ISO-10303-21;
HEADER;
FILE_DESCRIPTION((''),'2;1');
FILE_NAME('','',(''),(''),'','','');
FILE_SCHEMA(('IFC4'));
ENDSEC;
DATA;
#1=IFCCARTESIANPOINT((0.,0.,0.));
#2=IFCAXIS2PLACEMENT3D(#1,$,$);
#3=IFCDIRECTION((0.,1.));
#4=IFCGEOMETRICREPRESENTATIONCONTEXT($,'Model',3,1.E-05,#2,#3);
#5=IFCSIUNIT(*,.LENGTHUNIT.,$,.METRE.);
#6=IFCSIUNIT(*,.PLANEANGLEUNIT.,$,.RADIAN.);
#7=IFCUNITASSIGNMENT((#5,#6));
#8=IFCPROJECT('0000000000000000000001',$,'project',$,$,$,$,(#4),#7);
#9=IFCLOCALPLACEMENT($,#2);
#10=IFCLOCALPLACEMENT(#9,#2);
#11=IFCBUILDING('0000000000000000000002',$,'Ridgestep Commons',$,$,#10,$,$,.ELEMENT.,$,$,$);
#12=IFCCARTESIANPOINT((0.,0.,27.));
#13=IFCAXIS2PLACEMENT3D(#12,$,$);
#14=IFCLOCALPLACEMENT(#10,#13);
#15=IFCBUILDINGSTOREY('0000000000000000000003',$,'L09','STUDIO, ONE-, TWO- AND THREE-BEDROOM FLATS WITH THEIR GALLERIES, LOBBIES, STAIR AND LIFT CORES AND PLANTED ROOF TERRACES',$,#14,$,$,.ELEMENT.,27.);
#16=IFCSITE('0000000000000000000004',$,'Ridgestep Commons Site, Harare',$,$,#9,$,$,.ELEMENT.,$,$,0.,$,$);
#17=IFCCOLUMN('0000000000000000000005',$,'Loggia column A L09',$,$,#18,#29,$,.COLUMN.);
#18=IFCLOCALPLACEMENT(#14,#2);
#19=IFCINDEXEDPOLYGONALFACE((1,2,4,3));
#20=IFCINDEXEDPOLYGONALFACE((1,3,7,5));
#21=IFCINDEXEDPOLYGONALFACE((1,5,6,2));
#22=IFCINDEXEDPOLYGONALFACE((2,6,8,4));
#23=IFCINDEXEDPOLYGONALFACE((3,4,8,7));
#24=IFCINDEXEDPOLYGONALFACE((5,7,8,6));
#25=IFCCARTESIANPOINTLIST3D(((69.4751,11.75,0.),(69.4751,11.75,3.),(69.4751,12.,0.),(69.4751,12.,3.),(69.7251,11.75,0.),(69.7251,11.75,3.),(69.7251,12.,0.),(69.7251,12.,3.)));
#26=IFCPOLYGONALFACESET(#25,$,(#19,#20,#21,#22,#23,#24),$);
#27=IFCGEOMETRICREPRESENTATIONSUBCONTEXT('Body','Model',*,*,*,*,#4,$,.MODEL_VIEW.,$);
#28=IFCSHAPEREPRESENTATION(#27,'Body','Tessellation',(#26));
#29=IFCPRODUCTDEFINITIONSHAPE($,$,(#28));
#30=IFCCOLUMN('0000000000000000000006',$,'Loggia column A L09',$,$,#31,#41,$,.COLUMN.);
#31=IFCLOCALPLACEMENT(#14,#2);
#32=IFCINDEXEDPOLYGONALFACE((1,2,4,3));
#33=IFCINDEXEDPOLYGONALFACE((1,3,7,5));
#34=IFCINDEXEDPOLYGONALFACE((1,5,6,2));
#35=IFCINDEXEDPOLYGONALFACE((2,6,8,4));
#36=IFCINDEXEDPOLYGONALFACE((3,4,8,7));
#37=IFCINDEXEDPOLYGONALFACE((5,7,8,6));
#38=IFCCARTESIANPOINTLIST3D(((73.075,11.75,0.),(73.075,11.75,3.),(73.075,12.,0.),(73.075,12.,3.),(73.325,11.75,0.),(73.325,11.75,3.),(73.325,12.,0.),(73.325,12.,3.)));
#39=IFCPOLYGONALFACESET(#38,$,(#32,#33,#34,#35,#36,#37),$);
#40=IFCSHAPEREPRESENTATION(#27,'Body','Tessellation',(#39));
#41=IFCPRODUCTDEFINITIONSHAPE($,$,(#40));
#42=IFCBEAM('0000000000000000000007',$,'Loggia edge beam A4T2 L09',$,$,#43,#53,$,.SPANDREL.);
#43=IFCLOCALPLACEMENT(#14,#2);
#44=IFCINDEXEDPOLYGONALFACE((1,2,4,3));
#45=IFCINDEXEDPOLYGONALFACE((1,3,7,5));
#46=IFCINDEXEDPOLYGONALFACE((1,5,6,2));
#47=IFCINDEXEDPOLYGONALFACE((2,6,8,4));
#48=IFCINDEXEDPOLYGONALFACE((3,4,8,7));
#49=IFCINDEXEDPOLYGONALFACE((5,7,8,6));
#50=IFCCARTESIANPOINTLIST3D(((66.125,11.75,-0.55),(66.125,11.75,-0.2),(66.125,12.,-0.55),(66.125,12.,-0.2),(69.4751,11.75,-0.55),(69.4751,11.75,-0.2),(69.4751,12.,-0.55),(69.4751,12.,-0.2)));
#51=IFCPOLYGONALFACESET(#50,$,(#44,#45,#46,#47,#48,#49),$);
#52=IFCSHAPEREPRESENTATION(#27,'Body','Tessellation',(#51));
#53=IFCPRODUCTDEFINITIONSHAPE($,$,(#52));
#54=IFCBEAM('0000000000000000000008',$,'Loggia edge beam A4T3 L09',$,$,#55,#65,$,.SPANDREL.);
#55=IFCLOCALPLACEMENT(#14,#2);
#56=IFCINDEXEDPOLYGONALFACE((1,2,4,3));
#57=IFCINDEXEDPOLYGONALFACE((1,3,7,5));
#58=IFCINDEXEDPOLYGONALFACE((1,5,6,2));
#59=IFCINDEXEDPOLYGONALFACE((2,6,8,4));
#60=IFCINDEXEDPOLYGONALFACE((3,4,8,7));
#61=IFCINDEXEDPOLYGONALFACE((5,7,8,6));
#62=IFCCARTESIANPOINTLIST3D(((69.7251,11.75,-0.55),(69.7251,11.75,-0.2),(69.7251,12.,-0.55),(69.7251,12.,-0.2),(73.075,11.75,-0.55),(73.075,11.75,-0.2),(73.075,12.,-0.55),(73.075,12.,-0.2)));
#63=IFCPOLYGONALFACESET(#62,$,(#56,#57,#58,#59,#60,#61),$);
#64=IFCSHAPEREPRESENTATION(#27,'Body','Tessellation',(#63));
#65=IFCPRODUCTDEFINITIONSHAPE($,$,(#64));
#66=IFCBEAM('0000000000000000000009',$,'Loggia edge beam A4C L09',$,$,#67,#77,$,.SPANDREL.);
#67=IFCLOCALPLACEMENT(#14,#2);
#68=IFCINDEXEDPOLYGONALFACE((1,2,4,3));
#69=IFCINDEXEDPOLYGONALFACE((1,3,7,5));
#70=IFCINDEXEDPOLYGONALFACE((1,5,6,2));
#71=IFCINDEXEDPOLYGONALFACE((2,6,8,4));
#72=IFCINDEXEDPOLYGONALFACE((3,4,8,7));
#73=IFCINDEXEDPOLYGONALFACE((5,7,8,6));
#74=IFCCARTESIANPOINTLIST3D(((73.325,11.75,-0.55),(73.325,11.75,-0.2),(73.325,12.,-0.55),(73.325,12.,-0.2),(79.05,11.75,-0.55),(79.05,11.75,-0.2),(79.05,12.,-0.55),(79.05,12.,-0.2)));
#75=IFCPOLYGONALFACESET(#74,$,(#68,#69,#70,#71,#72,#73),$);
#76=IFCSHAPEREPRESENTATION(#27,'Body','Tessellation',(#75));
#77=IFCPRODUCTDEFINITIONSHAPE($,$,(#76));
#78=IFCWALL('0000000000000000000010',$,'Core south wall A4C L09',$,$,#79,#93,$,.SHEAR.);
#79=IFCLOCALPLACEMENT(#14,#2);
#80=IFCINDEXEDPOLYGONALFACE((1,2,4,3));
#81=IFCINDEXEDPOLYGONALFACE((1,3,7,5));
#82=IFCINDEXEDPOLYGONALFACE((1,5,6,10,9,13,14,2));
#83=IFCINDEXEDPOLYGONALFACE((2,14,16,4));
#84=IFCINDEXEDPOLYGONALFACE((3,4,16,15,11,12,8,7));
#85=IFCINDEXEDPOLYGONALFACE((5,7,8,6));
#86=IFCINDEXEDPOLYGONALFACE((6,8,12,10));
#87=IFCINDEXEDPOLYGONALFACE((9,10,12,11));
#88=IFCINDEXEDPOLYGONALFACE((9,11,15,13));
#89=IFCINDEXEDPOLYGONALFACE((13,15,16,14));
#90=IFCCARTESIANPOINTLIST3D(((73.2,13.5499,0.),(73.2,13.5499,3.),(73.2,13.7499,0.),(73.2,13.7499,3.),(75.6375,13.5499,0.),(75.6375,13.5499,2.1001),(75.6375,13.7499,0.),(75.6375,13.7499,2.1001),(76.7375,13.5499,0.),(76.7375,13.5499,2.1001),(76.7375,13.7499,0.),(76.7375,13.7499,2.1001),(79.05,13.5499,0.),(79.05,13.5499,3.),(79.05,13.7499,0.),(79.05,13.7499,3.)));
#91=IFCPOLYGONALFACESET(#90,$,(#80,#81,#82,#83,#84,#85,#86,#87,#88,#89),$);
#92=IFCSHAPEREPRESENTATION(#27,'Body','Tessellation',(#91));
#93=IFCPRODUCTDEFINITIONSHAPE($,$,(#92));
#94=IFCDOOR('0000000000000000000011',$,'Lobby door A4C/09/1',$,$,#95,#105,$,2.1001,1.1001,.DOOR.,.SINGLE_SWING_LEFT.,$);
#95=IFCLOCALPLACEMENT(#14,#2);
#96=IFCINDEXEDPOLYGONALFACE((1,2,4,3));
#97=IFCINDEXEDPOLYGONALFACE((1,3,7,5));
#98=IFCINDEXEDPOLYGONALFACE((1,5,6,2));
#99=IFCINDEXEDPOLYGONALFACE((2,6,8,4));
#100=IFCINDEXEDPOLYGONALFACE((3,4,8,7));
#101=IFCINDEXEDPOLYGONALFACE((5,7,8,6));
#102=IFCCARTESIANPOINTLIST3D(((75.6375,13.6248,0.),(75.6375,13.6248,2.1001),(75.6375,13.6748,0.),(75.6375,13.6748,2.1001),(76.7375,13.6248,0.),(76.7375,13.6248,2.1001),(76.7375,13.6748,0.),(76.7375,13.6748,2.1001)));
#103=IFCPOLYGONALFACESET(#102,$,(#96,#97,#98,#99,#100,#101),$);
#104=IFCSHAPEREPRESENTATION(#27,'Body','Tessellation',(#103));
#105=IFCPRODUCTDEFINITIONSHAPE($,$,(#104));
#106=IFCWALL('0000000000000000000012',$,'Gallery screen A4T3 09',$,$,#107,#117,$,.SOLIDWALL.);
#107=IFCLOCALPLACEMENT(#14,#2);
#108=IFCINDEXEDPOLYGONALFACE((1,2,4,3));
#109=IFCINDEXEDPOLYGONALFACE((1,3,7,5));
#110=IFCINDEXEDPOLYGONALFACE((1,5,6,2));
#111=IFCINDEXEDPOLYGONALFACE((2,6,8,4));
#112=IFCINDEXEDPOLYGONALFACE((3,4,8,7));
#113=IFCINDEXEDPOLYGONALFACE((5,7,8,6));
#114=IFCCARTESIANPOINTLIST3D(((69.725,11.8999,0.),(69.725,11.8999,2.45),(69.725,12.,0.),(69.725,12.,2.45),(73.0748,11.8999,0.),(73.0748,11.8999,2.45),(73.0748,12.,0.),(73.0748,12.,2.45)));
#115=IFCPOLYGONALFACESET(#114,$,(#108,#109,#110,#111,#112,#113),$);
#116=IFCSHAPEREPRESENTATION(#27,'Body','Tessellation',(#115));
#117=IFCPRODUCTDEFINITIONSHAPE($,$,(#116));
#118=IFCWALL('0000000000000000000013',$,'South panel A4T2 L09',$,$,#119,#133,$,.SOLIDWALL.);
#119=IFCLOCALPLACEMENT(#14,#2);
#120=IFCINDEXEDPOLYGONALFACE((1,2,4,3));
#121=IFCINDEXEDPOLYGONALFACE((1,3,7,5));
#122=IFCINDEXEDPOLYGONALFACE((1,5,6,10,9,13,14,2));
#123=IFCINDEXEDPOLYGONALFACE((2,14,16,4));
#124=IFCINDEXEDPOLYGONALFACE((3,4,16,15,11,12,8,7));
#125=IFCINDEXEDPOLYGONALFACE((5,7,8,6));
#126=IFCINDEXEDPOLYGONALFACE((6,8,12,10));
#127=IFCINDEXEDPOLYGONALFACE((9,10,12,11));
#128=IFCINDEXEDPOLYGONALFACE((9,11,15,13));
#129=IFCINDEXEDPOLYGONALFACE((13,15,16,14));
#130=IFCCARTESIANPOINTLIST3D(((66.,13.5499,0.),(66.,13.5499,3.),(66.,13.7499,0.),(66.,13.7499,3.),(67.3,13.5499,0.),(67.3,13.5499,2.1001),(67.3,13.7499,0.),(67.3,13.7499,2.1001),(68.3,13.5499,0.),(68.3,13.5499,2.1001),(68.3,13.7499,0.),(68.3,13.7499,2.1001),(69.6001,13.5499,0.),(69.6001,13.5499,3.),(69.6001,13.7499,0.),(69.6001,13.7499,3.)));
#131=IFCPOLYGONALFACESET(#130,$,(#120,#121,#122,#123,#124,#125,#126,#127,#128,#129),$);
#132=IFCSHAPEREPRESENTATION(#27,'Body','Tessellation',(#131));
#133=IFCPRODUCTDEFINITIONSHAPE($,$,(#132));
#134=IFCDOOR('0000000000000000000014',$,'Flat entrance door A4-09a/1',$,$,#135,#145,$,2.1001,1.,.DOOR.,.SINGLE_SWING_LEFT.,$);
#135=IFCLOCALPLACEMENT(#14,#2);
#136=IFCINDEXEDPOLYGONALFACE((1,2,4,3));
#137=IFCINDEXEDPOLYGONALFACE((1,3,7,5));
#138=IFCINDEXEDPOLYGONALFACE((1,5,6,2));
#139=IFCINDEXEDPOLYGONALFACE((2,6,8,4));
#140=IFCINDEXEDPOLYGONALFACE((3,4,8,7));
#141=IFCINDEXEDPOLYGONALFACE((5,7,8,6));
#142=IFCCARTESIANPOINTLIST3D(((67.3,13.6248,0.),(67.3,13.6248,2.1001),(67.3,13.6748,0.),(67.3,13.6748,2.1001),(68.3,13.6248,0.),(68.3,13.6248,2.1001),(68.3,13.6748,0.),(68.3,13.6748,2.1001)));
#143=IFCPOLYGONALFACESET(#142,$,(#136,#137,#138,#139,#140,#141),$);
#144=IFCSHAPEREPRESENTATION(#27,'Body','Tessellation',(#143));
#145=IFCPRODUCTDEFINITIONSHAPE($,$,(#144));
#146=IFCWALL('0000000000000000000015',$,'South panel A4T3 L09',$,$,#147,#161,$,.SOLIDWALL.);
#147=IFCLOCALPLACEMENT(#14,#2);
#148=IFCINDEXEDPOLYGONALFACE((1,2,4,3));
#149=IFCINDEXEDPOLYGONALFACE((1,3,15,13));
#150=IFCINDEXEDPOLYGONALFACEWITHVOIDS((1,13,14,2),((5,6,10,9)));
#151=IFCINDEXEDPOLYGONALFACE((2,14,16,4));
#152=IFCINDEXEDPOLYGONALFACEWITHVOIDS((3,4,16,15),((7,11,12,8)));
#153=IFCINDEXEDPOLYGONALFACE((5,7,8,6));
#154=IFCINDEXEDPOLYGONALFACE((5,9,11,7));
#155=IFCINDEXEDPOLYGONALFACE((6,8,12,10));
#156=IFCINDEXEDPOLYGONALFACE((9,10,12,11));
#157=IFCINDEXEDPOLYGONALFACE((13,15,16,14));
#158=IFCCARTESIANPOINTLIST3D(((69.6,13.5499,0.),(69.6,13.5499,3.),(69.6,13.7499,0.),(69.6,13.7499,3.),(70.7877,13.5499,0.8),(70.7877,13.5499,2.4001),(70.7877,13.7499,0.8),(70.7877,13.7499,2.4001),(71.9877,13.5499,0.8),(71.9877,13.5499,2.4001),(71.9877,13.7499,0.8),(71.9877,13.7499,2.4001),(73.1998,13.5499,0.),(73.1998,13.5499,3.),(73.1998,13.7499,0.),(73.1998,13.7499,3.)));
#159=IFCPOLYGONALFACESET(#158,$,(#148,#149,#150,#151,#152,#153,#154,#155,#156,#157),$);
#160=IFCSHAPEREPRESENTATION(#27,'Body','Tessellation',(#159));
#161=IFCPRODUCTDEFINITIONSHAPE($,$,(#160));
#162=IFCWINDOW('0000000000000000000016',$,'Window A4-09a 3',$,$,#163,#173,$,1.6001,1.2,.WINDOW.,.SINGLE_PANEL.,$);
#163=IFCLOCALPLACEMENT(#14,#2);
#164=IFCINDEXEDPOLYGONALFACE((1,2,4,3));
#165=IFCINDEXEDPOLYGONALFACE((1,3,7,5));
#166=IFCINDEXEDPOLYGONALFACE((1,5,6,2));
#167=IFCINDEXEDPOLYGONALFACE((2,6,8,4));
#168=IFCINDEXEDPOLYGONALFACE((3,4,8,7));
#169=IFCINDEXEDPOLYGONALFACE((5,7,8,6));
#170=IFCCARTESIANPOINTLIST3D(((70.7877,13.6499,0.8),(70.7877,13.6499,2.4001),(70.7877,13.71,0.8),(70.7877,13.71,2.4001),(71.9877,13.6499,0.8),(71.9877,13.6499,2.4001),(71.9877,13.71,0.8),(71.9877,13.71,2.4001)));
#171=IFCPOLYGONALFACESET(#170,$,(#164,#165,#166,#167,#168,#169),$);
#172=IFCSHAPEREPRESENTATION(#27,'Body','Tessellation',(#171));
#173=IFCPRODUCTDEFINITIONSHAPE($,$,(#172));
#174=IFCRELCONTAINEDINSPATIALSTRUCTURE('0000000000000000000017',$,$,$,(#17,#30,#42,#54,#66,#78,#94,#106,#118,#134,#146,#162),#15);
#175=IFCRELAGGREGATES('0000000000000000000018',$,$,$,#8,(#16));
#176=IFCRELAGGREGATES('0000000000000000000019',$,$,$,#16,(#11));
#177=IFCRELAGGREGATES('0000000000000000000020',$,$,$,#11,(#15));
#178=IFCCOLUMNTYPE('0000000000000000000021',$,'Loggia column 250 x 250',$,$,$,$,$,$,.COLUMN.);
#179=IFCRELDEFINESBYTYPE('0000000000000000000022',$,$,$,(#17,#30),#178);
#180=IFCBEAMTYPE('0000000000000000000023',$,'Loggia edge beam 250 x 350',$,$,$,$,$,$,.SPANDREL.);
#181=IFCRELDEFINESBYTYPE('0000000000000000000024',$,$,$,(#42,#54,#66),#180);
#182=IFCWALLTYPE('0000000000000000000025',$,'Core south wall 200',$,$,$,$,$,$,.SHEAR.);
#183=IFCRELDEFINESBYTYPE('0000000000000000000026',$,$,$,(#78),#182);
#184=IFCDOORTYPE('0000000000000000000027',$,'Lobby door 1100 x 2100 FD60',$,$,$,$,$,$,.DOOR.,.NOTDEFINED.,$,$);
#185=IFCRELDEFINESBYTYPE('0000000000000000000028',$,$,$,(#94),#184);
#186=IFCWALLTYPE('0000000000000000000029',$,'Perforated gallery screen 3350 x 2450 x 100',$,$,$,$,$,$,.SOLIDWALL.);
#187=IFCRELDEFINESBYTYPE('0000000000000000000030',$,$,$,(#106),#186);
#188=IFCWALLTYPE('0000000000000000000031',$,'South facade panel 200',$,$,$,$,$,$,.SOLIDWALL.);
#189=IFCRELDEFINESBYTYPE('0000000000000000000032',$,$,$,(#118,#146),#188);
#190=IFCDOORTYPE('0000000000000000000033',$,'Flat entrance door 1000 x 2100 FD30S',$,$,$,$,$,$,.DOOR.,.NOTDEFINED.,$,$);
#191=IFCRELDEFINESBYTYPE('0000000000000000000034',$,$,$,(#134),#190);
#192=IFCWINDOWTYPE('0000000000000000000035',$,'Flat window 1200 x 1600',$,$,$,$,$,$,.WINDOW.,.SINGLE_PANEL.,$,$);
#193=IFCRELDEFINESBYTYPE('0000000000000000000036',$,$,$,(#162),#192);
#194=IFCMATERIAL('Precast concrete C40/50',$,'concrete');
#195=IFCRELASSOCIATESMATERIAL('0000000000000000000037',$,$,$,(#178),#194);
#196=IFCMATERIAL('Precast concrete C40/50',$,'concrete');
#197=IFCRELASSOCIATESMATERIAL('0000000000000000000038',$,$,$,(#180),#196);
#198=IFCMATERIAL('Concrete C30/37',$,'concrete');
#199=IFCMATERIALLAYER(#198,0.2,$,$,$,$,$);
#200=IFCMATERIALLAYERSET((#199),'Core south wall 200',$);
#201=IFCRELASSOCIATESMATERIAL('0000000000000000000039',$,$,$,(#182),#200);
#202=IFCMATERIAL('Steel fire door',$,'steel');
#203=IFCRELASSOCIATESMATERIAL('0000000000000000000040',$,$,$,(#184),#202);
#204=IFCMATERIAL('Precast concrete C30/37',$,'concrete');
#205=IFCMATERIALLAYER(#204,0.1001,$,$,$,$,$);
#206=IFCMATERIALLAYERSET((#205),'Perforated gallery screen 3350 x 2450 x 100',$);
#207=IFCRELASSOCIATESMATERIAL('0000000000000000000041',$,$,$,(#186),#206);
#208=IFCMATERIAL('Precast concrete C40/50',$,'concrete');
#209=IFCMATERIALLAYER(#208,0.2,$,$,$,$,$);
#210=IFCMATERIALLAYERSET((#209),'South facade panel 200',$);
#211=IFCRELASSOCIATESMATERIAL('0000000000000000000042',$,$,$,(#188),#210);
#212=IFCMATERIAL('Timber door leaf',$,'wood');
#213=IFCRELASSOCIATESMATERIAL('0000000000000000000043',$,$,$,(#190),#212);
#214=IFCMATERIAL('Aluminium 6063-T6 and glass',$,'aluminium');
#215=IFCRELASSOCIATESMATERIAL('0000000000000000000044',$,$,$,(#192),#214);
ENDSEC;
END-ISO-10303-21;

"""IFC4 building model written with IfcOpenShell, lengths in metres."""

from ifc_helpers import new_model, si_unit, direction, frame, frame_2d, origin, origin_2d, place, context, subcontext, project, spatial, rectangle, extrude, material, layer, layer_set, material_profile, profile_set, type_object, element, fill, save


model = new_model("IFC4")

# Units and contexts
model_context = context("Model", 3, precision=1e-05, world=origin(), true_north=direction((0.0, 1.0)))
body_context = subcontext(model_context, "Body", "Model", "MODEL_VIEW")
ifc_project = project(units=[si_unit("LENGTHUNIT", "METRE"), si_unit("PLANEANGLEUNIT", "RADIAN")], contexts=[model_context])

# Site, building, storey
site_placement = place(None, origin())
site = spatial("IfcSite", under=ifc_project, at=site_placement, Name="Ridgestep Commons Site, Harare", CompositionType="ELEMENT", RefElevation=0.0)
building_placement = place(site_placement, origin())
building = spatial("IfcBuilding", under=site, at=building_placement, Name="Ridgestep Commons", CompositionType="ELEMENT")
storey_placement = place(building_placement, frame((0.0, 0.0, 27.0)))
storey = spatial("IfcBuildingStorey", under=building, at=storey_placement, Name="L09", Description="STUDIO, ONE-, TWO- AND THREE-BEDROOM FLATS WITH THEIR GALLERIES, LOBBIES, STAIR AND LIFT CORES AND PLANTED ROOF TERRACES", CompositionType="ELEMENT", Elevation=27.0)

# Columns
ifc_material_1 = material(Name="Precast concrete C40/50", Category="concrete")
ifc_material_profile_1 = material_profile(ifc_material_1, rectangle(XDim=0.25, YDim=0.25, at=origin_2d()), Name="PC 250x250")
ifc_profile_set_1 = profile_set([ifc_material_profile_1], Name="Precast concrete C40/50")
column_type = type_object("IfcColumnType", Name="Loggia column 250 x 250", PredefinedType="COLUMN", material=ifc_profile_set_1)
for number, where, z_axis, x_axis, name in (
    (1, (69.6001, 11.875, 0.0), (0.0, 0.0, 1.0), (1.0, 0.0, 0.0), "Loggia column A L09"),
    (2, (73.2, 11.875, 0.0), (0.0, 0.0, 1.0), (1.0, 0.0, 0.0), "Loggia column A L09"),
):
    element("IfcColumn", number, at=place(storey_placement, frame(where, z_axis=z_axis, x_axis=x_axis)), inside=storey, type_object=column_type, Name=name, PredefinedType="COLUMN", context=body_context, shape_type="SweptSolid", body=[
        extrude(rectangle(XDim=0.25, YDim=0.25, at=origin_2d()), origin(), (0.0, 0.0, 1.0), 3.0),
    ])

# Beams
ifc_material_2 = material(Name="Precast concrete C40/50", Category="concrete")
ifc_material_profile_2 = material_profile(ifc_material_2, rectangle(XDim=0.25, YDim=0.3501, at=origin_2d()), Name="PC 250x350")
ifc_profile_set_2 = profile_set([ifc_material_profile_2], Name="Precast concrete C40/50")
beam_type = type_object("IfcBeamType", Name="Loggia edge beam 250 x 350", PredefinedType="SPANDREL", material=ifc_profile_set_2)
beam_1_placement = place(storey_placement, frame((66.125, 11.875, -0.375), z_axis=(1.0, 0.0, 0.0), x_axis=(0.0, 1.0, 0.0)))
element("IfcBeam", 3, at=beam_1_placement, inside=storey, type_object=beam_type, Name="Loggia edge beam A4T2 L09", PredefinedType="SPANDREL", context=body_context, shape_type="SweptSolid", body=[
    extrude(rectangle(XDim=0.25, YDim=0.3501, at=origin_2d()), origin(), (0.0, 0.0, 1.0), 3.3501),
])
beam_2_placement = place(storey_placement, frame((69.7251, 11.875, -0.375), z_axis=(1.0, 0.0, 0.0), x_axis=(0.0, 1.0, 0.0)))
element("IfcBeam", 4, at=beam_2_placement, inside=storey, type_object=beam_type, Name="Loggia edge beam A4T3 L09", PredefinedType="SPANDREL", context=body_context, shape_type="SweptSolid", body=[
    extrude(rectangle(XDim=0.25, YDim=0.3501, at=origin_2d()), origin(), (0.0, 0.0, 1.0), 3.3499),
])
beam_3_placement = place(storey_placement, frame((73.325, 11.875, -0.375), z_axis=(1.0, 0.0, 0.0), x_axis=(0.0, 1.0, 0.0)))
element("IfcBeam", 5, at=beam_3_placement, inside=storey, type_object=beam_type, Name="Loggia edge beam A4C L09", PredefinedType="SPANDREL", context=body_context, shape_type="SweptSolid", body=[
    extrude(rectangle(XDim=0.25, YDim=0.3501, at=origin_2d()), origin(), (0.0, 0.0, 1.0), 5.7251),
])

# Wall, opening, door
ifc_material_3 = material(Name="Concrete C30/37", Category="concrete")
ifc_layer_1 = layer(ifc_material_3, 0.2)
ifc_layer_set_1 = layer_set([ifc_layer_1], Name="Core south wall 200")
wall_type_1 = type_object("IfcWallType", Name="Core south wall 200", PredefinedType="SHEAR", material=ifc_layer_set_1)
wall_1_placement = place(storey_placement, frame((73.2, 13.6499, 0.0), z_axis=(0.0, 0.0, 1.0), x_axis=(1.0, 0.0, 0.0)))
wall_1 = element("IfcWall", 6, at=wall_1_placement, inside=storey, type_object=wall_type_1, Name="Core south wall A4C L09", PredefinedType="SHEAR", context=body_context, shape_type="SweptSolid", body=[
    extrude(rectangle(XDim=5.8501, YDim=0.2, at=frame_2d((2.925, 0.0))), origin(), (0.0, 0.0, 1.0), 3.0),
])
opening_1_placement = place(wall_1_placement, frame((2.4375, 0.0, 0.0)))
opening_1 = element("IfcOpeningElement", 7, at=opening_1_placement, cuts=wall_1, PredefinedType="OPENING", context=body_context, shape_type="SweptSolid", body=[
    extrude(rectangle(XDim=1.1001, YDim=2.1001, at=frame_2d((0.55, 1.05))), frame((0.0, 0.1099, 0.0), z_axis=(0.0, -1.0, 0.0), x_axis=(1.0, 0.0, 0.0)), (0.0, 0.0, 1.0), 0.22),
])
ifc_material_4 = material(Name="Steel fire door", Category="steel")
door_type_1 = type_object("IfcDoorType", Name="Lobby door 1100 x 2100 FD60", OperationType="NOTDEFINED", PredefinedType="DOOR", material=ifc_material_4)
door_1_placement = place(opening_1_placement, origin())
door_1 = element("IfcDoor", 8, at=door_1_placement, inside=storey, type_object=door_type_1, Name="Lobby door A4C/09/1", OperationType="SINGLE_SWING_LEFT", OverallHeight=2.1001, OverallWidth=1.1001, PredefinedType="DOOR", context=body_context, shape_type="SweptSolid", body=[
    extrude(rectangle(XDim=1.1001, YDim=2.1001, at=frame_2d((0.55, 1.05))), frame((0.0, 0.0249, 0.0), z_axis=(0.0, -1.0, 0.0), x_axis=(1.0, 0.0, 0.0)), (0.0, 0.0, 1.0), 0.05),
])
fill(opening_1, door_1)

# Wall
ifc_material_5 = material(Name="Precast concrete C30/37", Category="concrete")
ifc_layer_2 = layer(ifc_material_5, 0.1001)
ifc_layer_set_2 = layer_set([ifc_layer_2], Name="Perforated gallery screen 3350 x 2450 x 100")
wall_type_2 = type_object("IfcWallType", Name="Perforated gallery screen 3350 x 2450 x 100", PredefinedType="SOLIDWALL", material=ifc_layer_set_2)
wall_2_placement = place(storey_placement, frame((69.7251, 11.95, 0.0), z_axis=(0.0, 0.0, 1.0), x_axis=(1.0, 0.0, 0.0)))
element("IfcWall", 9, at=wall_2_placement, inside=storey, type_object=wall_type_2, Name="Gallery screen A4T3 09", PredefinedType="SOLIDWALL", context=body_context, shape_type="SweptSolid", body=[
    extrude(rectangle(XDim=3.3499, YDim=0.1001, at=frame_2d((1.6748, 0.0))), origin(), (0.0, 0.0, 1.0), 2.45),
])

# Wall, opening, door
ifc_material_6 = material(Name="Precast concrete C40/50", Category="concrete")
ifc_layer_3 = layer(ifc_material_6, 0.2)
ifc_layer_set_3 = layer_set([ifc_layer_3], Name="South facade panel 200")
wall_type_3 = type_object("IfcWallType", Name="South facade panel 200", PredefinedType="SOLIDWALL", material=ifc_layer_set_3)
wall_3_placement = place(storey_placement, frame((66.0, 13.6499, 0.0), z_axis=(0.0, 0.0, 1.0), x_axis=(1.0, 0.0, 0.0)))
wall_3 = element("IfcWall", 10, at=wall_3_placement, inside=storey, type_object=wall_type_3, Name="South panel A4T2 L09", PredefinedType="SOLIDWALL", context=body_context, shape_type="SweptSolid", body=[
    extrude(rectangle(XDim=3.6001, YDim=0.2, at=frame_2d((1.8, 0.0))), origin(), (0.0, 0.0, 1.0), 3.0),
])
opening_2_placement = place(wall_3_placement, frame((1.3, 0.0, 0.0)))
opening_2 = element("IfcOpeningElement", 11, at=opening_2_placement, cuts=wall_3, PredefinedType="OPENING", context=body_context, shape_type="SweptSolid", body=[
    extrude(rectangle(XDim=1.0, YDim=2.1001, at=frame_2d((0.5, 1.05))), frame((0.0, 0.1099, 0.0), z_axis=(0.0, -1.0, 0.0), x_axis=(1.0, 0.0, 0.0)), (0.0, 0.0, 1.0), 0.22),
])
ifc_material_7 = material(Name="Timber door leaf", Category="wood")
door_type_2 = type_object("IfcDoorType", Name="Flat entrance door 1000 x 2100 FD30S", OperationType="NOTDEFINED", PredefinedType="DOOR", material=ifc_material_7)
door_2_placement = place(opening_2_placement, origin())
door_2 = element("IfcDoor", 12, at=door_2_placement, inside=storey, type_object=door_type_2, Name="Flat entrance door A4-09a/1", OperationType="SINGLE_SWING_LEFT", OverallHeight=2.1001, OverallWidth=1.0, PredefinedType="DOOR", context=body_context, shape_type="SweptSolid", body=[
    extrude(rectangle(XDim=1.0, YDim=2.1001, at=frame_2d((0.5, 1.05))), frame((0.0, 0.0249, 0.0), z_axis=(0.0, -1.0, 0.0), x_axis=(1.0, 0.0, 0.0)), (0.0, 0.0, 1.0), 0.05),
])
fill(opening_2, door_2)

# Wall, opening, window
wall_4_placement = place(storey_placement, frame((69.6001, 13.6499, 0.0), z_axis=(0.0, 0.0, 1.0), x_axis=(1.0, 0.0, 0.0)))
wall_4 = element("IfcWall", 13, at=wall_4_placement, inside=storey, type_object=wall_type_3, Name="South panel A4T3 L09", PredefinedType="SOLIDWALL", context=body_context, shape_type="SweptSolid", body=[
    extrude(rectangle(XDim=3.5999, YDim=0.2, at=frame_2d((1.7998, 0.0))), origin(), (0.0, 0.0, 1.0), 3.0),
])
opening_3_placement = place(wall_4_placement, frame((1.1875, 0.0, 0.8)))
opening_3 = element("IfcOpeningElement", 14, at=opening_3_placement, cuts=wall_4, PredefinedType="OPENING", context=body_context, shape_type="SweptSolid", body=[
    extrude(rectangle(XDim=1.2, YDim=1.6001, at=frame_2d((0.6001, 0.8))), frame((0.0, 0.1099, 0.0), z_axis=(0.0, -1.0, 0.0), x_axis=(1.0, 0.0, 0.0)), (0.0, 0.0, 1.0), 0.22),
])
ifc_material_8 = material(Name="Aluminium 6063-T6 and glass", Category="aluminium")
window_type = type_object("IfcWindowType", Name="Flat window 1200 x 1600", PartitioningType="SINGLE_PANEL", PredefinedType="WINDOW", material=ifc_material_8)
window_placement = place(opening_3_placement, origin())
window = element("IfcWindow", 15, at=window_placement, inside=storey, type_object=window_type, Name="Window A4-09a 3", OverallHeight=1.6001, OverallWidth=1.2, PartitioningType="SINGLE_PANEL", PredefinedType="WINDOW", context=body_context, shape_type="SweptSolid", body=[
    extrude(rectangle(XDim=1.2, YDim=1.6001, at=frame_2d((0.6001, 0.8))), frame((0.0, 0.0601, 0.0), z_axis=(0.0, -1.0, 0.0), x_axis=(1.0, 0.0, 0.0)), (0.0, 0.0, 1.0), 0.0601),
])
fill(opening_3, window)

save(model, "model.ifc")
